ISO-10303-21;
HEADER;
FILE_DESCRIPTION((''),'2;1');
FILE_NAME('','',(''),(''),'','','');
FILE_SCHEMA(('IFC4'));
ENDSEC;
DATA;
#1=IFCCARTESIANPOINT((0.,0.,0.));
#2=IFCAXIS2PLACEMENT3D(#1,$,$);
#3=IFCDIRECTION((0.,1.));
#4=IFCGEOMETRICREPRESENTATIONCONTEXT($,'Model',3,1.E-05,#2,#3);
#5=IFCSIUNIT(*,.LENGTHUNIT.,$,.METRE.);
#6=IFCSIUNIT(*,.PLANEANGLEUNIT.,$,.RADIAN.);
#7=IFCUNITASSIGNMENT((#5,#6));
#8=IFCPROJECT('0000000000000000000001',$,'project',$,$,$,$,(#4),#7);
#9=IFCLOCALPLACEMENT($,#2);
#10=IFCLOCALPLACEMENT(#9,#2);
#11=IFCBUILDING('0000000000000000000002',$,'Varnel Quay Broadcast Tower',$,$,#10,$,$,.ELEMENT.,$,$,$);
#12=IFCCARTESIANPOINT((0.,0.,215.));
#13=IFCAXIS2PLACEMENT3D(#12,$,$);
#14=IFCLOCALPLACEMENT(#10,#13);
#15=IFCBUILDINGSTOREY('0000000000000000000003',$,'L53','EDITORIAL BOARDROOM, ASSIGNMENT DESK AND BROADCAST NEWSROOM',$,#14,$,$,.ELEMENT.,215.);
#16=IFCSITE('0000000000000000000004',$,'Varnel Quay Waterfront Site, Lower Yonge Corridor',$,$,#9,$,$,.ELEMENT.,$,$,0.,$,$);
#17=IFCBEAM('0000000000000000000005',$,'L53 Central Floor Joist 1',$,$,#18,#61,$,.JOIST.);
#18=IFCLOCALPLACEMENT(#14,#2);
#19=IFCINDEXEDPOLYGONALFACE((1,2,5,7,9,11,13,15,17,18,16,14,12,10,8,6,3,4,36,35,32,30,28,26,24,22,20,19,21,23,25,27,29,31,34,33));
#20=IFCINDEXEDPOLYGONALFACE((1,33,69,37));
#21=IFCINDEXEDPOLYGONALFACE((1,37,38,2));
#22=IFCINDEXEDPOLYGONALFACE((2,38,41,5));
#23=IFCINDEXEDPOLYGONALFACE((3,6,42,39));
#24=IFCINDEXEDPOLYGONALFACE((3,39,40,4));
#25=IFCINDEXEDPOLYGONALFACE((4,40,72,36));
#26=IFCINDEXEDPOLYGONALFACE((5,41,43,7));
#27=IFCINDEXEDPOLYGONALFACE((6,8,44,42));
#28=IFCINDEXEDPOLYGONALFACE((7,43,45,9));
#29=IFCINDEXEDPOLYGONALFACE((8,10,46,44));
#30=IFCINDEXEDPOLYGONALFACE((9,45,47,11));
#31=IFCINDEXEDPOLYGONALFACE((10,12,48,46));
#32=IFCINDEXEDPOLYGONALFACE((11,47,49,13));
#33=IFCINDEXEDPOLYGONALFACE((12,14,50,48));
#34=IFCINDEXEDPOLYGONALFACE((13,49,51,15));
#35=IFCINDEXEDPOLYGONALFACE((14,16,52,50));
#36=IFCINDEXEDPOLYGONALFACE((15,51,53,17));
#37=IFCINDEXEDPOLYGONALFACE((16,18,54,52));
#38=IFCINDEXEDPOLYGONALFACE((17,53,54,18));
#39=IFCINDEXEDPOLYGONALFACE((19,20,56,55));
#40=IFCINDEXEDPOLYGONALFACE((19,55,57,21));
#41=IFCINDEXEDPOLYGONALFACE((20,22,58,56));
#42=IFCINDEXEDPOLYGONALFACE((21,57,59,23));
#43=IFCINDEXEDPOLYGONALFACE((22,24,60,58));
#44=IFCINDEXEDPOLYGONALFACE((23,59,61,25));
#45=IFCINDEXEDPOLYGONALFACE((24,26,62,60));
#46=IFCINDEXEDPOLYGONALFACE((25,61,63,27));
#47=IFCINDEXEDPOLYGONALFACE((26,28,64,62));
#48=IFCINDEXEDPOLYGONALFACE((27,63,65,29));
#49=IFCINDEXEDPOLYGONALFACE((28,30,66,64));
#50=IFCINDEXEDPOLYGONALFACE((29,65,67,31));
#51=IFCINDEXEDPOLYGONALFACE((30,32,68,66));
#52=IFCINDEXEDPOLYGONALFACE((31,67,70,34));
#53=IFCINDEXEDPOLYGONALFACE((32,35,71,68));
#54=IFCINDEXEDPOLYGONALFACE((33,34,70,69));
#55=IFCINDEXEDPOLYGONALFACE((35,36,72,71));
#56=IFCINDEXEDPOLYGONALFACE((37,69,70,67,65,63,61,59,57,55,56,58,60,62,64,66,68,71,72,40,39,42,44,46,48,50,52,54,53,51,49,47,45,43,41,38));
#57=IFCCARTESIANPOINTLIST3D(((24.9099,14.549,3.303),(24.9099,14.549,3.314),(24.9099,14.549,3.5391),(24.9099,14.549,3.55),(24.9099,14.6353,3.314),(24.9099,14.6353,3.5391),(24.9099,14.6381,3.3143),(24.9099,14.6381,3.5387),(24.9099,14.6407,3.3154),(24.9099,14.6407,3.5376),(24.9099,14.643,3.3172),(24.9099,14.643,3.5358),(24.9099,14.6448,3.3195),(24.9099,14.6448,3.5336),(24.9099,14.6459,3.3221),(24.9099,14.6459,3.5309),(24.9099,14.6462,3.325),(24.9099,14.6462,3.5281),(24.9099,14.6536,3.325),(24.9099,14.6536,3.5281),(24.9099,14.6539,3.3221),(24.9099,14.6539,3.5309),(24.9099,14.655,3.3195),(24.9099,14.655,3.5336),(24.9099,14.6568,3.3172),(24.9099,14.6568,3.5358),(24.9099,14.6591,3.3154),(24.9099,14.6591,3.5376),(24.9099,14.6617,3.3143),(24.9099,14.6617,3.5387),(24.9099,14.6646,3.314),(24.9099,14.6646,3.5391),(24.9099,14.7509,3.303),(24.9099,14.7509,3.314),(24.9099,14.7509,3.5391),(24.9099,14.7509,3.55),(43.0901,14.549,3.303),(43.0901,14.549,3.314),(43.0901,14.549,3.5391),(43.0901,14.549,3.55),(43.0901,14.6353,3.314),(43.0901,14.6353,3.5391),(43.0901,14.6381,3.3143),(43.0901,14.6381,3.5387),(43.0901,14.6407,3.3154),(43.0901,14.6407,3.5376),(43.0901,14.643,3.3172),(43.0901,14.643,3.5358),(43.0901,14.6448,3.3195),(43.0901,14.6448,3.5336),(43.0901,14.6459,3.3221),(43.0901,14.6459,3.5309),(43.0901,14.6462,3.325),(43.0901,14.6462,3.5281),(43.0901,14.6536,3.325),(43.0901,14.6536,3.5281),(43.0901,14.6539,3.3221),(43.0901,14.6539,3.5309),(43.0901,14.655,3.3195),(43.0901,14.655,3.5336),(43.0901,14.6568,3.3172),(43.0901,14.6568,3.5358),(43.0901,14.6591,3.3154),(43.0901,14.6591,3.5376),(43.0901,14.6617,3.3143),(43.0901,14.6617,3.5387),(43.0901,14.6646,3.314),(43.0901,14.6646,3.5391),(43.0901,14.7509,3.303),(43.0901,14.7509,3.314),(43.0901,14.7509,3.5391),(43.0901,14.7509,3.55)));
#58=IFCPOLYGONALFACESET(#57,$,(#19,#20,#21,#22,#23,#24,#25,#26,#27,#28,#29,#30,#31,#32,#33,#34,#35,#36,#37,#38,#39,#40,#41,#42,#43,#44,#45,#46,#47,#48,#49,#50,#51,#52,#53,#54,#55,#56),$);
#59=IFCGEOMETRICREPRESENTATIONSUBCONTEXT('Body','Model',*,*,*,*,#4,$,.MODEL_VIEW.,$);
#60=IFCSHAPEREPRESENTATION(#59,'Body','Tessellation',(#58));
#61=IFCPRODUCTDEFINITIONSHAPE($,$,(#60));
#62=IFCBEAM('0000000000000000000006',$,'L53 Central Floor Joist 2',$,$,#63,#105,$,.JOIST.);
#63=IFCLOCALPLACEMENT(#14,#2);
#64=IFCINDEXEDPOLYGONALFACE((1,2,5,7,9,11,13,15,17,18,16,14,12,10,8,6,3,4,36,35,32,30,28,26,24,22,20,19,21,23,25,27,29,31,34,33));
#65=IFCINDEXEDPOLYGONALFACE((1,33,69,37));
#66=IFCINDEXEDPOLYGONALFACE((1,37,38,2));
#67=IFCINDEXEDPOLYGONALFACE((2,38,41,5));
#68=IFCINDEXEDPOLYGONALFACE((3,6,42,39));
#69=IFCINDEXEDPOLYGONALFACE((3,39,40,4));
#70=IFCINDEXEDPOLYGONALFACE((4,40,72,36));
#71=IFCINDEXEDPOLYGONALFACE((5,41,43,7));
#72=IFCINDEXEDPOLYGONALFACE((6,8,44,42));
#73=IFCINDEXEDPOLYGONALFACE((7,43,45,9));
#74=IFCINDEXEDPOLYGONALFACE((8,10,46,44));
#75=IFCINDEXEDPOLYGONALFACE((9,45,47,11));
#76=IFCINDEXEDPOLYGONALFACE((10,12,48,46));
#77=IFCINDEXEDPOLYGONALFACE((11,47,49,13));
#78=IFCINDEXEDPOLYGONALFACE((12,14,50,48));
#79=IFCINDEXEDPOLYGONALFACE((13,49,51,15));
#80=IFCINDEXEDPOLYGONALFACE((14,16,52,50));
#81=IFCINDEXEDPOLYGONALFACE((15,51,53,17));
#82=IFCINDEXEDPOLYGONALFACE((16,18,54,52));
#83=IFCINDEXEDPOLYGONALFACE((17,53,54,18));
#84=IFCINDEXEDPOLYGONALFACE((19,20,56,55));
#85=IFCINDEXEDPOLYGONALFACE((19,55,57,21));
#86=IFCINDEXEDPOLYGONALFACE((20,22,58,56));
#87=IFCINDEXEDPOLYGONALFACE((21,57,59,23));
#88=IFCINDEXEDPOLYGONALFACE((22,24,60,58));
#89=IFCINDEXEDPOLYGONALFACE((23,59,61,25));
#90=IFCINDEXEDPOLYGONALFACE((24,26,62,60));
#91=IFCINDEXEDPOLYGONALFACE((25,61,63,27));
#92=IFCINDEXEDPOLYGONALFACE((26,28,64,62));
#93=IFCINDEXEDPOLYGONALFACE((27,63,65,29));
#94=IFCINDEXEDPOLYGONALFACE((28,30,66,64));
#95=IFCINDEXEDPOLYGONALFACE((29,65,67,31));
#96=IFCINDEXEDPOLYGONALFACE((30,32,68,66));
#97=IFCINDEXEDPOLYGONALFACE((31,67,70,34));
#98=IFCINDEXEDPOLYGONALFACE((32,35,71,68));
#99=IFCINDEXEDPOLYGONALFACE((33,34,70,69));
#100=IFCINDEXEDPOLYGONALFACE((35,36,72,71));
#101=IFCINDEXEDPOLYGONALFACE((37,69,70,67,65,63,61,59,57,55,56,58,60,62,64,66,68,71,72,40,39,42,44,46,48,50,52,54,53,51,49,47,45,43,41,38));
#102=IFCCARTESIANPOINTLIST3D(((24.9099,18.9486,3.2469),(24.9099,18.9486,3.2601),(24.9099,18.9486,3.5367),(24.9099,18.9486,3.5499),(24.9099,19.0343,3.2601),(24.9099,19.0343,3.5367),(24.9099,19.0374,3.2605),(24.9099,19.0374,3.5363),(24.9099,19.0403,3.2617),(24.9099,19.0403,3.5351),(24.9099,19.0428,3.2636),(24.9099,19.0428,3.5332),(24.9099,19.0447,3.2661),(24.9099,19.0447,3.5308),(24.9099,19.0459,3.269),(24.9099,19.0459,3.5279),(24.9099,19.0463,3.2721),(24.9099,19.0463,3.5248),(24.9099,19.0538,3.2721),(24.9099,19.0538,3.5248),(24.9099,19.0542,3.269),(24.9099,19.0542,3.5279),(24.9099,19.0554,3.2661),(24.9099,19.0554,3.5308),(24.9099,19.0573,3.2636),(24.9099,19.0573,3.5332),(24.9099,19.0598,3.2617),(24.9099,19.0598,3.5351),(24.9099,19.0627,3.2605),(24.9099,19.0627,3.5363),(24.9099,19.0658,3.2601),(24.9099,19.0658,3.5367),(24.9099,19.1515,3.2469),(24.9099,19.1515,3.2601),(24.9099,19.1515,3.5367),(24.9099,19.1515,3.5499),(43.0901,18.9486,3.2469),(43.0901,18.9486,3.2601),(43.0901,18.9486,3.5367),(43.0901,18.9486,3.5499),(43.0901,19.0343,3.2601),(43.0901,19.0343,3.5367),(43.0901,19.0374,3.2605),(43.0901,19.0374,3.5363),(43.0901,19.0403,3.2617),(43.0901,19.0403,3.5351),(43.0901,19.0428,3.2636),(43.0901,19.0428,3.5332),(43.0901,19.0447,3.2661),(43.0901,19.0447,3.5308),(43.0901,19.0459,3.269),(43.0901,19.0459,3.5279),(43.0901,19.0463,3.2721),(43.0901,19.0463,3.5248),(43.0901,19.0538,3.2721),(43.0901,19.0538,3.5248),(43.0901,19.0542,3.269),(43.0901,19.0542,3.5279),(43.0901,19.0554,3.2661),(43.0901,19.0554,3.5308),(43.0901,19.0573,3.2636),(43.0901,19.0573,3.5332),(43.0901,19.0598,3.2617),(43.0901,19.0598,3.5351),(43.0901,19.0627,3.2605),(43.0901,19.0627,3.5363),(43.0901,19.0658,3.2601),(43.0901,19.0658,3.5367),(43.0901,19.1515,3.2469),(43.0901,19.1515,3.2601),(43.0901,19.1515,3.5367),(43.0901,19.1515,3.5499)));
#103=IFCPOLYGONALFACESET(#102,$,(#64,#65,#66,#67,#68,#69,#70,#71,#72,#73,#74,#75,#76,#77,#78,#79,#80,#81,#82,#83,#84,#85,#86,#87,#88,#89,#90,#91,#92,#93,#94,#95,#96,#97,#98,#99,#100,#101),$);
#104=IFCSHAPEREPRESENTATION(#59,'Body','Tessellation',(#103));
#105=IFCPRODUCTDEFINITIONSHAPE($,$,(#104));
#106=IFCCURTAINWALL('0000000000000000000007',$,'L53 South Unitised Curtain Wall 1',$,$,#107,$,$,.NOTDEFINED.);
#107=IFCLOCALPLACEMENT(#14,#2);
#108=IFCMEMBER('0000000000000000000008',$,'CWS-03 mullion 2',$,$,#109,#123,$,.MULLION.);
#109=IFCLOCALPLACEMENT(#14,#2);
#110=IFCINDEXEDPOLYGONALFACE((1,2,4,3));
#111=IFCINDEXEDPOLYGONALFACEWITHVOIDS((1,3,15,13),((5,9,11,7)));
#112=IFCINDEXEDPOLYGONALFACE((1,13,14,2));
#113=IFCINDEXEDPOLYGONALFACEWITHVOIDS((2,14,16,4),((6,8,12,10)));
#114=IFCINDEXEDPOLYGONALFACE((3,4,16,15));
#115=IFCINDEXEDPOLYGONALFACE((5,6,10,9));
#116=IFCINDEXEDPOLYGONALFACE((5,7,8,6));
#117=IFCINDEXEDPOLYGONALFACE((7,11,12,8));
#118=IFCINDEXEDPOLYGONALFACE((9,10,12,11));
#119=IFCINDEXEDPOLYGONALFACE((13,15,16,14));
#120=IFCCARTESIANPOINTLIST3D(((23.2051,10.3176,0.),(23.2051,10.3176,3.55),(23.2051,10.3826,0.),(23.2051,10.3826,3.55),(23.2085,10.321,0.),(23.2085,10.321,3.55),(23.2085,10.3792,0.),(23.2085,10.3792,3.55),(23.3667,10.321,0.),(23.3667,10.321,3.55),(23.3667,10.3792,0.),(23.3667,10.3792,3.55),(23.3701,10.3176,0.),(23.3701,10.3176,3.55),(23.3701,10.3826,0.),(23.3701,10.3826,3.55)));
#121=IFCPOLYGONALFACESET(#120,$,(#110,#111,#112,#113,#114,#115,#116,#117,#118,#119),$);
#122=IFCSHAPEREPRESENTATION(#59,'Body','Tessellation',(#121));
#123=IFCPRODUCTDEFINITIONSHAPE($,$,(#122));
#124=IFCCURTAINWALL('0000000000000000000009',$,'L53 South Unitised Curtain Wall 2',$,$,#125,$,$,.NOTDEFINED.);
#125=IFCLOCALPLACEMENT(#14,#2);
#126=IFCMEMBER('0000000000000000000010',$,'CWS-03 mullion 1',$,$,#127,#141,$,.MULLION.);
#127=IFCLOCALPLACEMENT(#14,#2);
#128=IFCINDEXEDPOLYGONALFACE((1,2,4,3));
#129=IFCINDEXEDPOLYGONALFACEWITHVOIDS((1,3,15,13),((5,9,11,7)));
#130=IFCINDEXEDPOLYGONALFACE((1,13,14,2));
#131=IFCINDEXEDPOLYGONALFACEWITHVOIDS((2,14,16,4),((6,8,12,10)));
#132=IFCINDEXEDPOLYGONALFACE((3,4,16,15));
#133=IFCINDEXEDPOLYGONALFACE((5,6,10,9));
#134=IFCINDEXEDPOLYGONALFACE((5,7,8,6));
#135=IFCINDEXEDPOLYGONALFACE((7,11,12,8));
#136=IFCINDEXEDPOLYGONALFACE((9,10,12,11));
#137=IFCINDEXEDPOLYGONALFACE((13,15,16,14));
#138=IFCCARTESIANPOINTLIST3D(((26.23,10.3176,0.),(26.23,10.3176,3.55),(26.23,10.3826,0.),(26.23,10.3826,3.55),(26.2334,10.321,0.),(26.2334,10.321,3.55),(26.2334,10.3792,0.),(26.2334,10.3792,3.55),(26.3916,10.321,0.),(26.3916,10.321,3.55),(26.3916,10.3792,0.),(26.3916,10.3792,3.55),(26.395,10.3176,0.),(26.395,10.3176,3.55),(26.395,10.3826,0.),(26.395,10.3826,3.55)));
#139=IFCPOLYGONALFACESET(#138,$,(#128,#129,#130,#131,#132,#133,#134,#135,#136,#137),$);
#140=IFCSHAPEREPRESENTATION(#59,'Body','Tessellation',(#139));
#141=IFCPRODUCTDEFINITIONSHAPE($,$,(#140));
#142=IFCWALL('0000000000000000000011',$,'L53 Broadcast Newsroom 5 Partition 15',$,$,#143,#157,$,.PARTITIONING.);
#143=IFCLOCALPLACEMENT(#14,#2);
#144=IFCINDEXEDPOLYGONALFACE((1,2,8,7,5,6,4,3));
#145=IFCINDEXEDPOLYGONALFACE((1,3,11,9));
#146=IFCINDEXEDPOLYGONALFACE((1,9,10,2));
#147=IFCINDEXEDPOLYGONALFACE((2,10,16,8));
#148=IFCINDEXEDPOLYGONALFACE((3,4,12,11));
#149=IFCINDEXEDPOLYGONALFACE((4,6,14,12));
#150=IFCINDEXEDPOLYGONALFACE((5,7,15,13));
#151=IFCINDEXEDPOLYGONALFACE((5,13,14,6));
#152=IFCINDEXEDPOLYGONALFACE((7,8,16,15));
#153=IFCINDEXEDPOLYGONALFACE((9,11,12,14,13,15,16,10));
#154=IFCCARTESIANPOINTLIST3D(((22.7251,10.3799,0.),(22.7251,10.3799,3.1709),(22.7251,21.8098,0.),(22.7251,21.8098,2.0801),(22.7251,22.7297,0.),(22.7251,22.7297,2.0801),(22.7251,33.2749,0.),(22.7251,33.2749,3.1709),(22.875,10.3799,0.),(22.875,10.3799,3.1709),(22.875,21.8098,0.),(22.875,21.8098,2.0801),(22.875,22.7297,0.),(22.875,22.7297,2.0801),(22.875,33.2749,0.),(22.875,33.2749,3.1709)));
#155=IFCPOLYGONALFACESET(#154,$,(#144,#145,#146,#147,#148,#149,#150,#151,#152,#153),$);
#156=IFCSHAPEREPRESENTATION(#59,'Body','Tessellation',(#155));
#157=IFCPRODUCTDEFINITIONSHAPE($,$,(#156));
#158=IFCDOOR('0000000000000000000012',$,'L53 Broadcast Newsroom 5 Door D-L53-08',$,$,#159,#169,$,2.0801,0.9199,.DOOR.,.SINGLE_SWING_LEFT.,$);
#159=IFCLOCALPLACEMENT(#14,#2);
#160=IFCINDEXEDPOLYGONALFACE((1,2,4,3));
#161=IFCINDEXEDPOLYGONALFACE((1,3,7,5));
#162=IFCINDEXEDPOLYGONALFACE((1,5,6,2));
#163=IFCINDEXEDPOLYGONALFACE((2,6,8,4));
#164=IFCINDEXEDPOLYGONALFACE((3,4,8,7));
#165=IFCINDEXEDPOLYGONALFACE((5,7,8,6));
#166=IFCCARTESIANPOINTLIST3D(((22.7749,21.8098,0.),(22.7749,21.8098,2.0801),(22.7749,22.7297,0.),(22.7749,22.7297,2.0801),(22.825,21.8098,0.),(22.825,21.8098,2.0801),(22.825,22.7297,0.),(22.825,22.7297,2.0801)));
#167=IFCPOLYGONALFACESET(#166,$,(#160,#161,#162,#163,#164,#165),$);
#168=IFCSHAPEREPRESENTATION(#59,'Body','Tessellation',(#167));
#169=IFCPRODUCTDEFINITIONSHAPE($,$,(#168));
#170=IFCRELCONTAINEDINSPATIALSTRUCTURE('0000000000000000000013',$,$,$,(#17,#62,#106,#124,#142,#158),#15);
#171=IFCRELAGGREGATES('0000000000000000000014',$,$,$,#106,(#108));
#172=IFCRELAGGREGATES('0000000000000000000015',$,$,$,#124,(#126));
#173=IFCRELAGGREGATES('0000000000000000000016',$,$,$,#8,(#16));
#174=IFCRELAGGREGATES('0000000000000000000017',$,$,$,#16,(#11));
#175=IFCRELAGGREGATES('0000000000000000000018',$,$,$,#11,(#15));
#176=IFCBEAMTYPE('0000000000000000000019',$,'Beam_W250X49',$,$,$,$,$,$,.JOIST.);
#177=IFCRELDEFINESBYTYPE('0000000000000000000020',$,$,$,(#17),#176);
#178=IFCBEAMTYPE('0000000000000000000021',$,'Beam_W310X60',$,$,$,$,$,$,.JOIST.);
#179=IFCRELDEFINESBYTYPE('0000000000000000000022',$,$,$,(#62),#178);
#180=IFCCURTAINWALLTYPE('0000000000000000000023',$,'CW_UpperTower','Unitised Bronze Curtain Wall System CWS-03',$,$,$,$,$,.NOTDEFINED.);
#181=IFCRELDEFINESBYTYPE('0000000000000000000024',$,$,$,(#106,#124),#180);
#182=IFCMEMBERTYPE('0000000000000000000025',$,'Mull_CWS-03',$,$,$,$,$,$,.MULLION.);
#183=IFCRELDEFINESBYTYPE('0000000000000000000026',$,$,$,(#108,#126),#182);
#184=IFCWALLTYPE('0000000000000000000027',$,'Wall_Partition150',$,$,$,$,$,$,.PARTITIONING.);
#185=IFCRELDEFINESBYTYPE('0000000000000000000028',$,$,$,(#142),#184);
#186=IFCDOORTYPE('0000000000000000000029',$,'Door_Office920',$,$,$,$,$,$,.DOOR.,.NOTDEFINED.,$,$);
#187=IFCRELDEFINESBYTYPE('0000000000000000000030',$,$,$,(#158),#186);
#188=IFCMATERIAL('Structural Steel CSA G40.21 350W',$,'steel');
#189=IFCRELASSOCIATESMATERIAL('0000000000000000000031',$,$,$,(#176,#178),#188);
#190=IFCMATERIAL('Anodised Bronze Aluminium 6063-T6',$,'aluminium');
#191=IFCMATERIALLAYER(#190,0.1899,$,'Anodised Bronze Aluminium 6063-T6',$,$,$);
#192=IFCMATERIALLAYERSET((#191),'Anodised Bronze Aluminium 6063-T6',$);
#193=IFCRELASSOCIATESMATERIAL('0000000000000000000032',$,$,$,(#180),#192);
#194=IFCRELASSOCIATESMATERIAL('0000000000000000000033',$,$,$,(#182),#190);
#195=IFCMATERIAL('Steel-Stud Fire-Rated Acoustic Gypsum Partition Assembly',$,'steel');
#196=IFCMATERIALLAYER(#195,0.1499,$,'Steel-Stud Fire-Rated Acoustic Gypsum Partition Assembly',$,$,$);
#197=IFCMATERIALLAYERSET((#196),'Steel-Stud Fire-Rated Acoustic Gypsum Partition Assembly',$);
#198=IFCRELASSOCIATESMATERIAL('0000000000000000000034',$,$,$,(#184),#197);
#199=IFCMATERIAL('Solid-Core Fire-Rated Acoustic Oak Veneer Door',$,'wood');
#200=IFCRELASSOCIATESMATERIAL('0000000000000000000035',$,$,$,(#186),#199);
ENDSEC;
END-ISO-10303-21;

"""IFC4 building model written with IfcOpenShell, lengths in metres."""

from ifc_helpers import new_model, si_unit, direction, frame, frame_2d, origin, origin_2d, place, context, subcontext, project, spatial, rectangle, hollow_rectangle, i_section, extrude, source, transform, mapped, material, layer, layer_set, material_profile, profile_set, type_object, type_shapes, element, fill, aggregate, save


model = new_model("IFC4")

# Units and contexts
model_context = context("Model", 3, precision=1e-05, world=origin(), true_north=direction((0.0, 1.0)))
body_context = subcontext(model_context, "Body", "Model", "MODEL_VIEW")
ifc_project = project(units=[si_unit("LENGTHUNIT", "METRE"), si_unit("PLANEANGLEUNIT", "RADIAN")], contexts=[model_context])

# Site, building, storey
site_placement = place(None, origin())
site = spatial("IfcSite", under=ifc_project, at=site_placement, Name="Varnel Quay Waterfront Site, Lower Yonge Corridor", CompositionType="ELEMENT", RefElevation=0.0)
building_placement = place(site_placement, origin())
building = spatial("IfcBuilding", under=site, at=building_placement, Name="Varnel Quay Broadcast Tower", CompositionType="ELEMENT")
storey_placement = place(building_placement, frame((0.0, 0.0, 215.0)))
storey = spatial("IfcBuildingStorey", under=building, at=storey_placement, Name="L53", Description="EDITORIAL BOARDROOM, ASSIGNMENT DESK AND BROADCAST NEWSROOM", CompositionType="ELEMENT", Elevation=215.0)

# Shared definitions
ifc_material_1 = material(Name="Structural Steel CSA G40.21 350W", Category="steel")

# Beams
ifc_material_profile_1 = material_profile(ifc_material_1, i_section(OverallWidth=0.2019, OverallDepth=0.2471, WebThickness=0.0073, FlangeThickness=0.011, FilletRadius=0.011, at=origin_2d()), Name="W250X49")
ifc_profile_set_1 = profile_set([ifc_material_profile_1], Name="Structural Steel CSA G40.21 350W")
beam_type_1 = type_object("IfcBeamType", Name="Beam_W250X49", PredefinedType="JOIST", material=ifc_profile_set_1)
shared_shape_1 = source(origin(), body_context, "Body", "SweptSolid", [
    extrude(i_section(OverallWidth=0.2019, OverallDepth=0.2471, WebThickness=0.0073, FlangeThickness=0.011, FilletRadius=0.011, at=origin_2d()), origin(), (0.0, 0.0, 1.0), 18.1802),
])
type_shapes(beam_type_1, [shared_shape_1])
beam_1_placement = place(storey_placement, frame((24.9099, 14.6499, 3.4265), z_axis=(1.0, 0.0, 0.0), x_axis=(0.0, 1.0, 0.0)))
element("IfcBeam", 1, at=beam_1_placement, inside=storey, type_object=beam_type_1, Name="L53 Central Floor Joist 1", PredefinedType="JOIST", context=body_context, shape_type="MappedRepresentation", body=[
    mapped(shared_shape_1, transform((0.0, 0.0, 0.0), x_axis=(1.0, 0.0, 0.0), y_axis=(0.0, 1.0, 0.0), z_axis=(0.0, 0.0, 1.0), scale=1.0)),
])
ifc_material_profile_2 = material_profile(ifc_material_1, i_section(OverallWidth=0.2029, OverallDepth=0.303, WebThickness=0.0076, FlangeThickness=0.0132, FilletRadius=0.012, at=origin_2d()), Name="W310X60")
ifc_profile_set_2 = profile_set([ifc_material_profile_2], Name="Structural Steel CSA G40.21 350W")
beam_type_2 = type_object("IfcBeamType", Name="Beam_W310X60", PredefinedType="JOIST", material=ifc_profile_set_2)
shared_shape_2 = source(origin(), body_context, "Body", "SweptSolid", [
    extrude(i_section(OverallWidth=0.2029, OverallDepth=0.303, WebThickness=0.0076, FlangeThickness=0.0132, FilletRadius=0.012, at=origin_2d()), origin(), (0.0, 0.0, 1.0), 18.1802),
])
type_shapes(beam_type_2, [shared_shape_2])
beam_2_placement = place(storey_placement, frame((24.9099, 19.05, 3.3984), z_axis=(1.0, 0.0, 0.0), x_axis=(0.0, 1.0, 0.0)))
element("IfcBeam", 2, at=beam_2_placement, inside=storey, type_object=beam_type_2, Name="L53 Central Floor Joist 2", PredefinedType="JOIST", context=body_context, shape_type="MappedRepresentation", body=[
    mapped(shared_shape_2, transform((0.0, 0.0, 0.0), x_axis=(1.0, 0.0, 0.0), y_axis=(0.0, 1.0, 0.0), z_axis=(0.0, 0.0, 1.0), scale=1.0)),
])

# Curtain walls, members
ifc_material_2 = material(Name="Anodised Bronze Aluminium 6063-T6", Category="aluminium")
ifc_layer_1 = layer(ifc_material_2, 0.1899, Name="Anodised Bronze Aluminium 6063-T6")
ifc_layer_set_1 = layer_set([ifc_layer_1], Name="Anodised Bronze Aluminium 6063-T6")
curtain_wall_type = type_object("IfcCurtainWallType", Name="CW_UpperTower", Description="Unitised Bronze Curtain Wall System CWS-03", PredefinedType="NOTDEFINED", material=ifc_layer_set_1)
curtain_wall_1_placement = place(storey_placement, origin())
curtain_wall_1 = element("IfcCurtainWall", 3, at=curtain_wall_1_placement, inside=storey, type_object=curtain_wall_type, Name="L53 South Unitised Curtain Wall 1", PredefinedType="NOTDEFINED")
ifc_material_profile_3 = material_profile(ifc_material_2, hollow_rectangle(XDim=0.0649, YDim=0.165, WallThickness=0.0034, at=origin_2d()), Name="ALU65X165X3.5")
ifc_profile_set_3 = profile_set([ifc_material_profile_3], Name="Anodised Bronze Aluminium 6063-T6")
member_type = type_object("IfcMemberType", Name="Mull_CWS-03", PredefinedType="MULLION", material=ifc_profile_set_3)
shared_shape_3 = source(origin(), body_context, "Body", "SweptSolid", [
    extrude(hollow_rectangle(XDim=0.0649, YDim=0.165, WallThickness=0.0034, at=origin_2d()), origin(), (0.0, 0.0, 1.0), 3.55),
])
type_shapes(member_type, [shared_shape_3])
member_1_placement = place(storey_placement, frame((23.2876, 10.3501, 0.0), z_axis=(0.0, 0.0, 1.0), x_axis=(0.0, 1.0, 0.0)))
member_1 = element("IfcMember", 4, at=member_1_placement, type_object=member_type, Name="CWS-03 mullion 2", PredefinedType="MULLION", context=body_context, shape_type="MappedRepresentation", body=[
    mapped(shared_shape_3, transform((0.0, 0.0, 0.0), x_axis=(1.0, 0.0, 0.0), y_axis=(0.0, 1.0, 0.0), z_axis=(0.0, 0.0, 1.0), scale=1.0)),
])
aggregate(curtain_wall_1, [member_1])
curtain_wall_2_placement = place(storey_placement, origin())
curtain_wall_2 = element("IfcCurtainWall", 5, at=curtain_wall_2_placement, inside=storey, type_object=curtain_wall_type, Name="L53 South Unitised Curtain Wall 2", PredefinedType="NOTDEFINED")
member_2_placement = place(storey_placement, frame((26.3125, 10.3501, 0.0), z_axis=(0.0, 0.0, 1.0), x_axis=(0.0, 1.0, 0.0)))
member_2 = element("IfcMember", 6, at=member_2_placement, type_object=member_type, Name="CWS-03 mullion 1", PredefinedType="MULLION", context=body_context, shape_type="MappedRepresentation", body=[
    mapped(shared_shape_3, transform((0.0, 0.0, 0.0), x_axis=(1.0, 0.0, 0.0), y_axis=(0.0, 1.0, 0.0), z_axis=(0.0, 0.0, 1.0), scale=1.0)),
])
aggregate(curtain_wall_2, [member_2])

# Wall, opening, door
ifc_material_3 = material(Name="Steel-Stud Fire-Rated Acoustic Gypsum Partition Assembly", Category="steel")
ifc_layer_2 = layer(ifc_material_3, 0.1499, Name="Steel-Stud Fire-Rated Acoustic Gypsum Partition Assembly")
ifc_layer_set_2 = layer_set([ifc_layer_2], Name="Steel-Stud Fire-Rated Acoustic Gypsum Partition Assembly")
wall_type_1 = type_object("IfcWallType", Name="Wall_Partition150", PredefinedType="PARTITIONING", material=ifc_layer_set_2)
wall_1_placement = place(storey_placement, frame((22.8, 10.3799, 0.0), z_axis=(0.0, 0.0, 1.0), x_axis=(0.0, 1.0, 0.0)))
wall_1 = element("IfcWall", 7, at=wall_1_placement, inside=storey, type_object=wall_type_1, Name="L53 Broadcast Newsroom 5 Partition 15", PredefinedType="PARTITIONING", context=body_context, shape_type="SweptSolid", body=[
    extrude(rectangle(XDim=22.895, YDim=0.1499, at=frame_2d((11.4475, 0.0))), origin(), (0.0, 0.0, 1.0), 3.1709),
])
opening_1_placement = place(wall_1_placement, frame((11.4299, 0.0, 0.0)))
opening_1 = element("IfcOpeningElement", 8, at=opening_1_placement, cuts=wall_1, PredefinedType="OPENING", context=body_context, shape_type="SweptSolid", body=[
    extrude(rectangle(XDim=0.9199, YDim=2.0801, at=frame_2d((0.46, 1.04))), frame((0.0, 0.085, 0.0), z_axis=(0.0, -1.0, 0.0), x_axis=(1.0, 0.0, 0.0)), (0.0, 0.0, 1.0), 0.1699),
])
ifc_material_4 = material(Name="Solid-Core Fire-Rated Acoustic Oak Veneer Door", Category="wood")
door_type_1 = type_object("IfcDoorType", Name="Door_Office920", OperationType="NOTDEFINED", PredefinedType="DOOR", material=ifc_material_4)
shared_shape_4 = source(origin(), body_context, "Body", "SweptSolid", [
    extrude(rectangle(XDim=0.9199, YDim=2.0801, at=frame_2d((0.46, 1.04))), frame((0.0, 0.0249, 0.0), z_axis=(0.0, -1.0, 0.0), x_axis=(1.0, 0.0, 0.0)), (0.0, 0.0, 1.0), 0.05),
])
type_shapes(door_type_1, [shared_shape_4])
door_1_placement = place(opening_1_placement, frame((0.9199, 0.0, 0.0), z_axis=(0.0, 0.0, 1.0), x_axis=(-1.0, 0.0, 0.0)))
door_1 = element("IfcDoor", 9, at=door_1_placement, inside=storey, type_object=door_type_1, Name="L53 Broadcast Newsroom 5 Door D-L53-08", OperationType="SINGLE_SWING_LEFT", OverallHeight=2.0801, OverallWidth=0.9199, PredefinedType="DOOR", context=body_context, shape_type="MappedRepresentation", body=[
    mapped(shared_shape_4, transform((0.0, 0.0, 0.0), x_axis=(1.0, 0.0, 0.0), y_axis=(0.0, 1.0, 0.0), z_axis=(0.0, 0.0, 1.0), scale=1.0)),
])
fill(opening_1, door_1)

save(model, "model.ifc")
